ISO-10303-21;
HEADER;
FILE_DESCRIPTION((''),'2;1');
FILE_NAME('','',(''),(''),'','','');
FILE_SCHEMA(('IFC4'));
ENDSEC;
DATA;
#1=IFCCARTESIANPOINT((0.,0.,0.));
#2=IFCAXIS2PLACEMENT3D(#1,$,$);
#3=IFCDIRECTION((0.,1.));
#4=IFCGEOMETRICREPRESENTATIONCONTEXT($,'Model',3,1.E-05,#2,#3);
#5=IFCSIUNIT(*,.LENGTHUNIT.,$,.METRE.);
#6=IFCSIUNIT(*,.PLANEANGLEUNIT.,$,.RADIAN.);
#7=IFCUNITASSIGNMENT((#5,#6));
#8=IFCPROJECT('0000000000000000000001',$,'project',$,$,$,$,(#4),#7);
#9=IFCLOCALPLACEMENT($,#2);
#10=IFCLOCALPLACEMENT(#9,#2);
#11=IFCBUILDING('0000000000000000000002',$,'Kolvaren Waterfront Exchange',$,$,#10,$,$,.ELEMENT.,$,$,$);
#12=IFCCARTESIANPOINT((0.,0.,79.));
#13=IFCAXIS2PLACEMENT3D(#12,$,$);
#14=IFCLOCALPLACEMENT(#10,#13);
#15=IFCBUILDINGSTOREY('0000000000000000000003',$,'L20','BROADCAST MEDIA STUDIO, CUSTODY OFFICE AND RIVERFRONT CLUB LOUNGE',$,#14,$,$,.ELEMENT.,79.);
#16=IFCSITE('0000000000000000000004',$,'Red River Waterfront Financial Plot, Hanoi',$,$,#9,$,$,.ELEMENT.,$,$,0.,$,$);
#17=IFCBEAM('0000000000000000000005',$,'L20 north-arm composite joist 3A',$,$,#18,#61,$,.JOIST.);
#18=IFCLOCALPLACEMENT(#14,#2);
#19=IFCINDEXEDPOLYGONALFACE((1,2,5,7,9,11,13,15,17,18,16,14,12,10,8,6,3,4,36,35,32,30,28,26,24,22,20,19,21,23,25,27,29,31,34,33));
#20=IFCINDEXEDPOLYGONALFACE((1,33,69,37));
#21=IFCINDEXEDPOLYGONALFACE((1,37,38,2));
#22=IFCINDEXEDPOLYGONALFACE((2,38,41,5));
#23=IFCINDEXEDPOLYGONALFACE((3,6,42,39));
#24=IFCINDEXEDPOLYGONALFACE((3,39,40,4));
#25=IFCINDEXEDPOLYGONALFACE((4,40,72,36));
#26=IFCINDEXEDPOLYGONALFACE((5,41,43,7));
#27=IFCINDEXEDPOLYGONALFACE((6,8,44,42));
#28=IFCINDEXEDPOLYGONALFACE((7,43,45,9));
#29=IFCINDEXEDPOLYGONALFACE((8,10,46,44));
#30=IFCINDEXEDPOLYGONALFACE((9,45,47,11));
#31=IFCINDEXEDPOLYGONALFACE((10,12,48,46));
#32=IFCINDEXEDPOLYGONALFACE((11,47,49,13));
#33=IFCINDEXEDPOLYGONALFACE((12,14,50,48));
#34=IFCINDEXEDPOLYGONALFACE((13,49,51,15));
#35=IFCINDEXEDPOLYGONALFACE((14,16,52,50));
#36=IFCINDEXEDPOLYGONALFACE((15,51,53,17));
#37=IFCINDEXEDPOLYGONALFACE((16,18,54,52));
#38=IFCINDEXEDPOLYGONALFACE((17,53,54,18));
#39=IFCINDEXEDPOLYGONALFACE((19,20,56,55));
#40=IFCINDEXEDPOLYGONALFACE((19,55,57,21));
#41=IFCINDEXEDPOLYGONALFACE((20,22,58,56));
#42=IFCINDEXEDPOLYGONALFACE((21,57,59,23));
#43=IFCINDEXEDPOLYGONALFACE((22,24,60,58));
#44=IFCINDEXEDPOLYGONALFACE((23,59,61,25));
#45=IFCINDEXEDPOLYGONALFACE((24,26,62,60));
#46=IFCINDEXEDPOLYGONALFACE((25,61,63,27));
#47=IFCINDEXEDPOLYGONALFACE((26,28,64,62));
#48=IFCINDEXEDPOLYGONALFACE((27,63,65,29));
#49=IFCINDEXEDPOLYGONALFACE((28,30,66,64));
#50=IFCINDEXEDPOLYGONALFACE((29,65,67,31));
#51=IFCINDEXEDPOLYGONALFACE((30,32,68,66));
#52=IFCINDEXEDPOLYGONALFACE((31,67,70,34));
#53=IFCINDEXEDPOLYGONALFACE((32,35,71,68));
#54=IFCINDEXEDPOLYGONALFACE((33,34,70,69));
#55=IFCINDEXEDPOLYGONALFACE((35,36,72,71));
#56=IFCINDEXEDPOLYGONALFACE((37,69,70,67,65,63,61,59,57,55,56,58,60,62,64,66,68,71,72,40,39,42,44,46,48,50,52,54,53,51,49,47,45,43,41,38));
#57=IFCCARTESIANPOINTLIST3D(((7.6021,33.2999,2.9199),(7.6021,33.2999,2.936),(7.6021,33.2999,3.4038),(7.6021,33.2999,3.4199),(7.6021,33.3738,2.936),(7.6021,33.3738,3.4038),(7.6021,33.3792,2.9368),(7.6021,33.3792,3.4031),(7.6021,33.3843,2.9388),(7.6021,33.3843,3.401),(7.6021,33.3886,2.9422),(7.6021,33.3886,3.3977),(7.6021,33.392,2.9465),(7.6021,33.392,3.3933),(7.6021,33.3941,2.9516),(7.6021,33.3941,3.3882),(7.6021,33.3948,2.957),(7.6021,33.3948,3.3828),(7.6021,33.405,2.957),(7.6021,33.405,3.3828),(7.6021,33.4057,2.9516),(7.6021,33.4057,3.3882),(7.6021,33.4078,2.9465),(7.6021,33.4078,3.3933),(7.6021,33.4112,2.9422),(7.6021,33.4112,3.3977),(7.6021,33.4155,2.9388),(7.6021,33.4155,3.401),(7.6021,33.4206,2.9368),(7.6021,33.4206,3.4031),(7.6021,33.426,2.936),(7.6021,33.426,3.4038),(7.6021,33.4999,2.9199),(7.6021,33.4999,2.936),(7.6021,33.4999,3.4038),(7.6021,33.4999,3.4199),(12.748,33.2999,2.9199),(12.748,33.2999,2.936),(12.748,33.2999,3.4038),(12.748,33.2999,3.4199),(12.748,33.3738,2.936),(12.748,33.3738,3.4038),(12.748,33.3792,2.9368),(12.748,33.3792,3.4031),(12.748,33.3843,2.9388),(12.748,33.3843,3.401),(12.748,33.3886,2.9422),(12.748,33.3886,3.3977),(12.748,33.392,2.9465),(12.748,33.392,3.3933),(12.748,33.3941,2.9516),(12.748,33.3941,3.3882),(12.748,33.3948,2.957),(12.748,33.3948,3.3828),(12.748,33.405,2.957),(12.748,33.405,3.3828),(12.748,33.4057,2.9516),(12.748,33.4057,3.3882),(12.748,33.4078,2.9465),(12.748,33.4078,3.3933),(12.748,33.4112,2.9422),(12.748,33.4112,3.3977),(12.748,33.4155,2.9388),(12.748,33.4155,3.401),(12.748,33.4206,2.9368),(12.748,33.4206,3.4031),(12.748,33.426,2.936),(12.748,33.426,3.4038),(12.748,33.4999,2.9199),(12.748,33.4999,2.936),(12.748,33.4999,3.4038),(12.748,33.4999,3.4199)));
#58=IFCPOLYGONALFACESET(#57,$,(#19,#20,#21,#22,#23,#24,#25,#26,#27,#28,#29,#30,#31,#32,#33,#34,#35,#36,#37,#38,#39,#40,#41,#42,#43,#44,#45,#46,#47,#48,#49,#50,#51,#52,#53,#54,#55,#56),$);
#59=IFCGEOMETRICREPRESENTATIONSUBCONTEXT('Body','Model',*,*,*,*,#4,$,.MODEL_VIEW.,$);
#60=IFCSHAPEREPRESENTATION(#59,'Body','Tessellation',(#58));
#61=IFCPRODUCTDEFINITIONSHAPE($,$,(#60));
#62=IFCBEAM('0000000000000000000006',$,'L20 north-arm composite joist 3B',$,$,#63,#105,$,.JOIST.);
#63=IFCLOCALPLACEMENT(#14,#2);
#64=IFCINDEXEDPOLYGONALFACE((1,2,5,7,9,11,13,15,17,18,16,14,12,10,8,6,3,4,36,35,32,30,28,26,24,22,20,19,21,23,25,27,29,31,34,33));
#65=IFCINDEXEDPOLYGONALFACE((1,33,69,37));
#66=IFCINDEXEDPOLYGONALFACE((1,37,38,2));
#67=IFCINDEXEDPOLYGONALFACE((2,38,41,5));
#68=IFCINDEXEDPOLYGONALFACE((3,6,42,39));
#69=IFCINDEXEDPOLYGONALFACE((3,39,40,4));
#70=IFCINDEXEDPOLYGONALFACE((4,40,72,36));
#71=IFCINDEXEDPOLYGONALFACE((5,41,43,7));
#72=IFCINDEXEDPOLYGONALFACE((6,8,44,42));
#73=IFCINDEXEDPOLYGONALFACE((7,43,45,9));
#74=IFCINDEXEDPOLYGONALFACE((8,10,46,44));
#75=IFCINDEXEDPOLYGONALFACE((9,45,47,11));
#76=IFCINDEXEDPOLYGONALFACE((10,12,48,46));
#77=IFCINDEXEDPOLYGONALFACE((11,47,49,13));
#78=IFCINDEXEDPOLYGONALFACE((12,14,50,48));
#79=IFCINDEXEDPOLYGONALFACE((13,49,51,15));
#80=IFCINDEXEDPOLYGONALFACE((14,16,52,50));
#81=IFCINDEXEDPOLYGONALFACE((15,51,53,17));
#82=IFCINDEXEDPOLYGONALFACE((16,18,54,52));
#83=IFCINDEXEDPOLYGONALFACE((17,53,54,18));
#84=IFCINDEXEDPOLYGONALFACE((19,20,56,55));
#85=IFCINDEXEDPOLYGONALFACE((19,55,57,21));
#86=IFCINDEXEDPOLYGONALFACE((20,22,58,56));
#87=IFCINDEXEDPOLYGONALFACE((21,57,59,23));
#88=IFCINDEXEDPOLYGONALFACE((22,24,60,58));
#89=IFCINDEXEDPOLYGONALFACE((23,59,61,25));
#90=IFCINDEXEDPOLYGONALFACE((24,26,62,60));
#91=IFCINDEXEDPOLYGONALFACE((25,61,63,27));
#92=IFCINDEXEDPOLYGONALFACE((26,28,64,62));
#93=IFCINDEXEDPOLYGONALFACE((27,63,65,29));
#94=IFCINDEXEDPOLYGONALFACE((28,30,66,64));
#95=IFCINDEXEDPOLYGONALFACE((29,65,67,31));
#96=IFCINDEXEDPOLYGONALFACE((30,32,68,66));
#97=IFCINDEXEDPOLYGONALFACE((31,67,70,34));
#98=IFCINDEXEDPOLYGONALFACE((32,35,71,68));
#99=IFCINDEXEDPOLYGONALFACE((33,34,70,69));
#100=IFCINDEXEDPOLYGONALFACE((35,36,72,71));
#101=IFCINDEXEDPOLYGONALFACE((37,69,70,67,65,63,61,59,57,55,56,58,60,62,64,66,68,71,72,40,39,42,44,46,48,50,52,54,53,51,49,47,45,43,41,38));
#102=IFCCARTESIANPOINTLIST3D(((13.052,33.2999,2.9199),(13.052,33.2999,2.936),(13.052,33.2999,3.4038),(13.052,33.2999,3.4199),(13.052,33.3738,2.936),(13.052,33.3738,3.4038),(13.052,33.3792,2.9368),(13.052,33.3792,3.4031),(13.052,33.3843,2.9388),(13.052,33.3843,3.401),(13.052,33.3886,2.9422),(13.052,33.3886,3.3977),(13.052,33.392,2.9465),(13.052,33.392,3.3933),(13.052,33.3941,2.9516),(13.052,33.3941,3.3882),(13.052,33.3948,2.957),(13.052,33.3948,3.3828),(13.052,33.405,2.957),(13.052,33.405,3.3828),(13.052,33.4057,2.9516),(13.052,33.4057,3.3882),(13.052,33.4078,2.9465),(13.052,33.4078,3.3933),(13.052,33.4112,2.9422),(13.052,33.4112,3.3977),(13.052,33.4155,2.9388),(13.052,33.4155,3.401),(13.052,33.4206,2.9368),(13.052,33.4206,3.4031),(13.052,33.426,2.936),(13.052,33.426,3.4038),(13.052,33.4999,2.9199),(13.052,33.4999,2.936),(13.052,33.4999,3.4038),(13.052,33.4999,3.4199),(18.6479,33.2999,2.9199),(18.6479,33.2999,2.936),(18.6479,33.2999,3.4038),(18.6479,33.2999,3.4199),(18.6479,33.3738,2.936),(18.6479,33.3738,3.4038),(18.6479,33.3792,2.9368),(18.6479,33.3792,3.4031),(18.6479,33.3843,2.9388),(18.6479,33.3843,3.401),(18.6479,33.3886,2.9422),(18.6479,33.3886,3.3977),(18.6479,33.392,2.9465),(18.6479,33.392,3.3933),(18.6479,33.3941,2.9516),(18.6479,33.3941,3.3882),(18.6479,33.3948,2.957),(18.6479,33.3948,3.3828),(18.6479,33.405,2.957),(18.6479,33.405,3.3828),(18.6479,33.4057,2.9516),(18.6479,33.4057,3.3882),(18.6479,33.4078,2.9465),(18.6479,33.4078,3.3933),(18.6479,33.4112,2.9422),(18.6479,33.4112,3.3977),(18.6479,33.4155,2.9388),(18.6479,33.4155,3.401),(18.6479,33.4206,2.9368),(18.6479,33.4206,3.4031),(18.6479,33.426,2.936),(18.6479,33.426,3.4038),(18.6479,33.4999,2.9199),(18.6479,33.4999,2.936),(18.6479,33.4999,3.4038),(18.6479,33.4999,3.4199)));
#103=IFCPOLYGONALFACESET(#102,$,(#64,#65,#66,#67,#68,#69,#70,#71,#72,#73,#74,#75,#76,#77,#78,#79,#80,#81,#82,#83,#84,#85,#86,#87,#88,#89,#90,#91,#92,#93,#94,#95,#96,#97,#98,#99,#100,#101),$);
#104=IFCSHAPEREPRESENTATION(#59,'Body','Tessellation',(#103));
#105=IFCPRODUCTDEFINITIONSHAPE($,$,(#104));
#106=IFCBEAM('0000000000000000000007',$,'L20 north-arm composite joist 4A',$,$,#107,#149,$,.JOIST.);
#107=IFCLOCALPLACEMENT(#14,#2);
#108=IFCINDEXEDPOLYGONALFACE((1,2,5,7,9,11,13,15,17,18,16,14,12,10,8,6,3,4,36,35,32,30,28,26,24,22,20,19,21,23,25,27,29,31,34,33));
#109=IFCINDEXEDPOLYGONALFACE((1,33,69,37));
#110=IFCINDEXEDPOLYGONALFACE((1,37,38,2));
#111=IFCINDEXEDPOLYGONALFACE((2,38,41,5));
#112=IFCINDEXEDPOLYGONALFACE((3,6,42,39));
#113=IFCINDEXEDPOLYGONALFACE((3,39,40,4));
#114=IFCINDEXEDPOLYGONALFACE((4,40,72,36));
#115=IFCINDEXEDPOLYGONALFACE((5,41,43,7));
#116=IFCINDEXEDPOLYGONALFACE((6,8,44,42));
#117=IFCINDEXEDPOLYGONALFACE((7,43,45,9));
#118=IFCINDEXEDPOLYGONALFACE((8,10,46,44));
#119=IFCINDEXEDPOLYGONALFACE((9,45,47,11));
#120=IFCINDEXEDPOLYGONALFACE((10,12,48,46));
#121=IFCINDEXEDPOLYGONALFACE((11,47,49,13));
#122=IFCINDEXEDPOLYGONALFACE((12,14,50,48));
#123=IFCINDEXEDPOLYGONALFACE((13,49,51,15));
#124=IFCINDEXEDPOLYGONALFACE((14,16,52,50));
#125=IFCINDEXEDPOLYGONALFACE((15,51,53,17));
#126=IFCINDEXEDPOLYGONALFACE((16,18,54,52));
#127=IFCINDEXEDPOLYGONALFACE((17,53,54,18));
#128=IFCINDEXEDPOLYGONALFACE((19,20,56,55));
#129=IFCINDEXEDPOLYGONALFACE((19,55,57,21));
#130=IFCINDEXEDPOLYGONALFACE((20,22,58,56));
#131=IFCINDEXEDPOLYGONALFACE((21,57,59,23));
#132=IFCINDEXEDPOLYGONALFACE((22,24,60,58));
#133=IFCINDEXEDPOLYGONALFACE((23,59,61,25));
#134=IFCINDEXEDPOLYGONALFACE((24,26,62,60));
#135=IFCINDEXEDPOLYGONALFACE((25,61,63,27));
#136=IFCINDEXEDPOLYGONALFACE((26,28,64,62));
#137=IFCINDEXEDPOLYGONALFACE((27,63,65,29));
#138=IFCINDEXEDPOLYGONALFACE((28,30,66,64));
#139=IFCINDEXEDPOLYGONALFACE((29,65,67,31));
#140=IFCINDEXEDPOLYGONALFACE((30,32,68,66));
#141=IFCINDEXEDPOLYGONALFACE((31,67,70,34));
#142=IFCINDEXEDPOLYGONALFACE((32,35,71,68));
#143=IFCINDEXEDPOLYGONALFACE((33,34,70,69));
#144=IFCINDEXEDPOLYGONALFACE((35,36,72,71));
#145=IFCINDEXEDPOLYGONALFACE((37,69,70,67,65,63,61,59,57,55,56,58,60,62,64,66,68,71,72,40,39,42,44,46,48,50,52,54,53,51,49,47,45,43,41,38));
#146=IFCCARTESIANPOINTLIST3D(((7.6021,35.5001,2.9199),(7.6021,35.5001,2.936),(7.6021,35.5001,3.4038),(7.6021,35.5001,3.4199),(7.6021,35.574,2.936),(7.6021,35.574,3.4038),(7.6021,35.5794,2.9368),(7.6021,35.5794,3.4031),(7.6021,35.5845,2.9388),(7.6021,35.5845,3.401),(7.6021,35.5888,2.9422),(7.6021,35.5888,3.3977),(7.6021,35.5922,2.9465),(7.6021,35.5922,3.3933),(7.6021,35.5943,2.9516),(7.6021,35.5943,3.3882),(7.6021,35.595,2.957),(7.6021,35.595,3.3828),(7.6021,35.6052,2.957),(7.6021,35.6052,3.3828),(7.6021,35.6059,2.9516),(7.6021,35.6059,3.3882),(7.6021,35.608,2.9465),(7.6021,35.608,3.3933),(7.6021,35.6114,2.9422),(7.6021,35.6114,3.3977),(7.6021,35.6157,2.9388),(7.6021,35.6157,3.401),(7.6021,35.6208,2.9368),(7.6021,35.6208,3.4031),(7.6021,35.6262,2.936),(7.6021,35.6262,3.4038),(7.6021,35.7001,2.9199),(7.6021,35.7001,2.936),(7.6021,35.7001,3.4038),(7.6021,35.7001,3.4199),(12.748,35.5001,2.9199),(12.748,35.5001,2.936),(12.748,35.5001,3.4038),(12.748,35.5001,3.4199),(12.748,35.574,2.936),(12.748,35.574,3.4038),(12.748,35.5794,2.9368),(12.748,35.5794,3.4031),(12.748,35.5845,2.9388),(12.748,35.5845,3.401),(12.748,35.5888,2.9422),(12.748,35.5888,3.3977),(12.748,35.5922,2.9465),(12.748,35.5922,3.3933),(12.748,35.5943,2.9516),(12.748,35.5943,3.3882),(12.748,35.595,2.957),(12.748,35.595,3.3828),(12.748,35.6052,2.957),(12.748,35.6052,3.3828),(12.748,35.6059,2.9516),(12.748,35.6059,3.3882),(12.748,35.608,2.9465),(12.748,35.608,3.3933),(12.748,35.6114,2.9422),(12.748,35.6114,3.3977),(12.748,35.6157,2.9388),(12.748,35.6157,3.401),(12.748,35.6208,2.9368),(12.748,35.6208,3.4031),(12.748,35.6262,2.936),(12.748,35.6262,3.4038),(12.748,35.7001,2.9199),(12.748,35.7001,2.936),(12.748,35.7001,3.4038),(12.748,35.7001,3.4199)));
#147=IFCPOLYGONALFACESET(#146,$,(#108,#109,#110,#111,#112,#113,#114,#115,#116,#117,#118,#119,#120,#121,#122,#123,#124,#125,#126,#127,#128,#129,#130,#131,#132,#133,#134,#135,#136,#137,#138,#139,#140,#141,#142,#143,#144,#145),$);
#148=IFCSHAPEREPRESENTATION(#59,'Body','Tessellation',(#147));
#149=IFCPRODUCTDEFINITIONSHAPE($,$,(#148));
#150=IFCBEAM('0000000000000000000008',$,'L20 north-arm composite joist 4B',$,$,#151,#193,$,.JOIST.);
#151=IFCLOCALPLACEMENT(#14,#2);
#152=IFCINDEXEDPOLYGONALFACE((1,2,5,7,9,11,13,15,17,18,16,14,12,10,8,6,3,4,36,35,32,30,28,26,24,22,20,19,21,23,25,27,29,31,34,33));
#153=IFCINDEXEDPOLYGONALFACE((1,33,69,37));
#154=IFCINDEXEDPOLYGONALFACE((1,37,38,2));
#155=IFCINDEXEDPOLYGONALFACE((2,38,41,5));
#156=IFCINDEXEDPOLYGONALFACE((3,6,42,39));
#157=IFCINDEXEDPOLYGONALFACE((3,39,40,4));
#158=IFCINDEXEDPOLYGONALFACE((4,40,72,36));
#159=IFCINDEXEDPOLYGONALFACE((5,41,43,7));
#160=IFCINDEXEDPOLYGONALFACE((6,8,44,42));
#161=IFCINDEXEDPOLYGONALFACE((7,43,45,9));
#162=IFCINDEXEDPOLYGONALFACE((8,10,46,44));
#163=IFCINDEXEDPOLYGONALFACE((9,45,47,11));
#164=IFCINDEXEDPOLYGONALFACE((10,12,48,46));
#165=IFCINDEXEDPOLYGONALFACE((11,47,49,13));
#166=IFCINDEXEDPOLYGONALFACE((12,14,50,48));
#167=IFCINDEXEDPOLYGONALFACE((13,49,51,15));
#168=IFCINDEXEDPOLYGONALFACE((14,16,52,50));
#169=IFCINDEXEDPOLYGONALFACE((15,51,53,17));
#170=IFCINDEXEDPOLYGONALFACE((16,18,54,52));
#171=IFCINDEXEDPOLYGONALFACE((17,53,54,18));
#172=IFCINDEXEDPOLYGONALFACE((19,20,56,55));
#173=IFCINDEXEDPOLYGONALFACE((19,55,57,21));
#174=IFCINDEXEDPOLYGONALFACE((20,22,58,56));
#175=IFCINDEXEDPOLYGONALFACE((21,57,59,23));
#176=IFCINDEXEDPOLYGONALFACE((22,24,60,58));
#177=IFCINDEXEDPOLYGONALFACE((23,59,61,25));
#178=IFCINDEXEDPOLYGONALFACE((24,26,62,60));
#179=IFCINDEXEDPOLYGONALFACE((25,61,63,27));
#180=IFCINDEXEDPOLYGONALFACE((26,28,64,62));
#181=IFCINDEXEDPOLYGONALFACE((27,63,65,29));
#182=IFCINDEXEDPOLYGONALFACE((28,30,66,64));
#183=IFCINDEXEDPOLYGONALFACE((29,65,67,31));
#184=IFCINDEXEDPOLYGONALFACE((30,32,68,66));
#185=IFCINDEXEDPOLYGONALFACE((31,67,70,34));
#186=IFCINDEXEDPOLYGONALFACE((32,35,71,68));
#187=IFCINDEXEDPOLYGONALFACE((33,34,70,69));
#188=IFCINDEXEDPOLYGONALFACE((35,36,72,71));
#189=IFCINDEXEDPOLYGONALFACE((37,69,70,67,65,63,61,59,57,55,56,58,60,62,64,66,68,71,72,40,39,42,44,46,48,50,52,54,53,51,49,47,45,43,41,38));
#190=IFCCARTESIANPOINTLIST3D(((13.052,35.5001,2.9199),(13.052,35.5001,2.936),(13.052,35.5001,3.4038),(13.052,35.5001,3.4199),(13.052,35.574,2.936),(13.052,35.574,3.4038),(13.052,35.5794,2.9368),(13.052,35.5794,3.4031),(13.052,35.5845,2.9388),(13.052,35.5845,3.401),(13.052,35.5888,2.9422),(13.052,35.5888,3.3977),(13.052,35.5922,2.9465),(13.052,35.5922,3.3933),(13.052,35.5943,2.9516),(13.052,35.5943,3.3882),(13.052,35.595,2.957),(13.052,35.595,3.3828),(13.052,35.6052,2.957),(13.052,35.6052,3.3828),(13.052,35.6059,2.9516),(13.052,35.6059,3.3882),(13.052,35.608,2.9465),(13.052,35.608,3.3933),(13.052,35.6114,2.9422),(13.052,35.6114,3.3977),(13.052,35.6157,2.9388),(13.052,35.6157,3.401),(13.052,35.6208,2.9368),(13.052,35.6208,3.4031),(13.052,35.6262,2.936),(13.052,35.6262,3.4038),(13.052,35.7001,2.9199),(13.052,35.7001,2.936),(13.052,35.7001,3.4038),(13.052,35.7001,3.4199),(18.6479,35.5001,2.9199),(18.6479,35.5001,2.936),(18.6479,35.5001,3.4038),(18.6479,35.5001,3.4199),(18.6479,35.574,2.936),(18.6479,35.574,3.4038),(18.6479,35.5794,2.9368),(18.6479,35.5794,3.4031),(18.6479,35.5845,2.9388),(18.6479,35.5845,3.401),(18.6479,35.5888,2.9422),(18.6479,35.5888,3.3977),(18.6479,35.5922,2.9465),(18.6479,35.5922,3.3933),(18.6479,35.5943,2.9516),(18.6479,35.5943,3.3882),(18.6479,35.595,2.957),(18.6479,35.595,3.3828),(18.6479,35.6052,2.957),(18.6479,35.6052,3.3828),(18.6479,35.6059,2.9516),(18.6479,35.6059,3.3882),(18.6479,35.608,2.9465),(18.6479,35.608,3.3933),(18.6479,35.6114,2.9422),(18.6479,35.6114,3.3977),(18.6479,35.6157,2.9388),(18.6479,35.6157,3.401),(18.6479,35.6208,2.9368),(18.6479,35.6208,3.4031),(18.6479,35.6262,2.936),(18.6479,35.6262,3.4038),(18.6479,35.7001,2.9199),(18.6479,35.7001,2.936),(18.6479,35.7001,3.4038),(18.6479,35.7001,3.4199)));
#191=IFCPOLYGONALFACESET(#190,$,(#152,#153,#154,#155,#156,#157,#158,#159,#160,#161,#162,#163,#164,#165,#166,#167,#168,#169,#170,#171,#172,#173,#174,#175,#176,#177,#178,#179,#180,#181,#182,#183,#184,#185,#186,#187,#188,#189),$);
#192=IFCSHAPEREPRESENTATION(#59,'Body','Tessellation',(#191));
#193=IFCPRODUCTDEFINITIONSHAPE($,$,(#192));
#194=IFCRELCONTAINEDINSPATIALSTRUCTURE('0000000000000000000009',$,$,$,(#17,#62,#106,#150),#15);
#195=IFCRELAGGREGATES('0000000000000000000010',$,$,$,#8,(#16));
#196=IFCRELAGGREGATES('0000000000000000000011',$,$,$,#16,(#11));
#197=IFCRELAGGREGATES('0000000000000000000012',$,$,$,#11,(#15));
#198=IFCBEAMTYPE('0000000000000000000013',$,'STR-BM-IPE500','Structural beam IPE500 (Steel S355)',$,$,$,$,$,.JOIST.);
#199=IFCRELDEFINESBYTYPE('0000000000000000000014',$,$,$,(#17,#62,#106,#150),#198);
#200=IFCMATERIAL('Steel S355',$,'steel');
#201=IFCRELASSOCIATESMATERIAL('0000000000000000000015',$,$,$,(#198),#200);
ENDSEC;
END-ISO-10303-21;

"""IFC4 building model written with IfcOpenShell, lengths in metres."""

from ifc_helpers import new_model, si_unit, direction, frame, origin, origin_2d, place, context, subcontext, project, spatial, i_section, extrude, material, material_profile, profile_set, type_object, element, save


model = new_model("IFC4")

# Units and contexts
model_context = context("Model", 3, precision=1e-05, world=origin(), true_north=direction((0.0, 1.0)))
body_context = subcontext(model_context, "Body", "Model", "MODEL_VIEW")
ifc_project = project(units=[si_unit("LENGTHUNIT", "METRE"), si_unit("PLANEANGLEUNIT", "RADIAN")], contexts=[model_context])

# Site, building, storey
site_placement = place(None, origin())
site = spatial("IfcSite", under=ifc_project, at=site_placement, Name="Red River Waterfront Financial Plot, Hanoi", CompositionType="ELEMENT", RefElevation=0.0)
building_placement = place(site_placement, origin())
building = spatial("IfcBuilding", under=site, at=building_placement, Name="Kolvaren Waterfront Exchange", CompositionType="ELEMENT")
storey_placement = place(building_placement, frame((0.0, 0.0, 79.0)))
storey = spatial("IfcBuildingStorey", under=building, at=storey_placement, Name="L20", Description="BROADCAST MEDIA STUDIO, CUSTODY OFFICE AND RIVERFRONT CLUB LOUNGE", CompositionType="ELEMENT", Elevation=79.0)

# Beams
ifc_material_1 = material(Name="Steel S355", Category="steel")
ifc_material_profile_1 = material_profile(ifc_material_1, i_section(OverallWidth=0.2, OverallDepth=0.5, WebThickness=0.0103, FlangeThickness=0.0161, FilletRadius=0.021, at=origin_2d()), Name="IPE500")
ifc_profile_set_1 = profile_set([ifc_material_profile_1], Name="Steel S355")
beam_type_1 = type_object("IfcBeamType", Name="STR-BM-IPE500", Description="Structural beam IPE500 (Steel S355)", PredefinedType="JOIST", material=ifc_profile_set_1)
beam_1_placement = place(storey_placement, frame((7.6021, 33.3999, 3.1699), z_axis=(1.0, 0.0, 0.0), x_axis=(0.0, 1.0, 0.0)))
element("IfcBeam", 1, at=beam_1_placement, inside=storey, type_object=beam_type_1, Name="L20 north-arm composite joist 3A", PredefinedType="JOIST", context=body_context, shape_type="SweptSolid", body=[
    extrude(i_section(OverallWidth=0.2, OverallDepth=0.5, WebThickness=0.0103, FlangeThickness=0.0161, FilletRadius=0.021, at=origin_2d()), origin(), (0.0, 0.0, 1.0), 5.146),
])
beam_2_placement = place(storey_placement, frame((13.052, 33.3999, 3.1699), z_axis=(1.0, 0.0, 0.0), x_axis=(0.0, 1.0, 0.0)))
element("IfcBeam", 2, at=beam_2_placement, inside=storey, type_object=beam_type_1, Name="L20 north-arm composite joist 3B", PredefinedType="JOIST", context=body_context, shape_type="SweptSolid", body=[
    extrude(i_section(OverallWidth=0.2, OverallDepth=0.5, WebThickness=0.0103, FlangeThickness=0.0161, FilletRadius=0.021, at=origin_2d()), origin(), (0.0, 0.0, 1.0), 5.5959),
])
beam_3_placement = place(storey_placement, frame((7.6021, 35.6001, 3.1699), z_axis=(1.0, 0.0, 0.0), x_axis=(0.0, 1.0, 0.0)))
element("IfcBeam", 3, at=beam_3_placement, inside=storey, type_object=beam_type_1, Name="L20 north-arm composite joist 4A", PredefinedType="JOIST", context=body_context, shape_type="SweptSolid", body=[
    extrude(i_section(OverallWidth=0.2, OverallDepth=0.5, WebThickness=0.0103, FlangeThickness=0.0161, FilletRadius=0.021, at=origin_2d()), origin(), (0.0, 0.0, 1.0), 5.146),
])
beam_4_placement = place(storey_placement, frame((13.052, 35.6001, 3.1699), z_axis=(1.0, 0.0, 0.0), x_axis=(0.0, 1.0, 0.0)))
element("IfcBeam", 4, at=beam_4_placement, inside=storey, type_object=beam_type_1, Name="L20 north-arm composite joist 4B", PredefinedType="JOIST", context=body_context, shape_type="SweptSolid", body=[
    extrude(i_section(OverallWidth=0.2, OverallDepth=0.5, WebThickness=0.0103, FlangeThickness=0.0161, FilletRadius=0.021, at=origin_2d()), origin(), (0.0, 0.0, 1.0), 5.5959),
])

save(model, "model.ifc")
